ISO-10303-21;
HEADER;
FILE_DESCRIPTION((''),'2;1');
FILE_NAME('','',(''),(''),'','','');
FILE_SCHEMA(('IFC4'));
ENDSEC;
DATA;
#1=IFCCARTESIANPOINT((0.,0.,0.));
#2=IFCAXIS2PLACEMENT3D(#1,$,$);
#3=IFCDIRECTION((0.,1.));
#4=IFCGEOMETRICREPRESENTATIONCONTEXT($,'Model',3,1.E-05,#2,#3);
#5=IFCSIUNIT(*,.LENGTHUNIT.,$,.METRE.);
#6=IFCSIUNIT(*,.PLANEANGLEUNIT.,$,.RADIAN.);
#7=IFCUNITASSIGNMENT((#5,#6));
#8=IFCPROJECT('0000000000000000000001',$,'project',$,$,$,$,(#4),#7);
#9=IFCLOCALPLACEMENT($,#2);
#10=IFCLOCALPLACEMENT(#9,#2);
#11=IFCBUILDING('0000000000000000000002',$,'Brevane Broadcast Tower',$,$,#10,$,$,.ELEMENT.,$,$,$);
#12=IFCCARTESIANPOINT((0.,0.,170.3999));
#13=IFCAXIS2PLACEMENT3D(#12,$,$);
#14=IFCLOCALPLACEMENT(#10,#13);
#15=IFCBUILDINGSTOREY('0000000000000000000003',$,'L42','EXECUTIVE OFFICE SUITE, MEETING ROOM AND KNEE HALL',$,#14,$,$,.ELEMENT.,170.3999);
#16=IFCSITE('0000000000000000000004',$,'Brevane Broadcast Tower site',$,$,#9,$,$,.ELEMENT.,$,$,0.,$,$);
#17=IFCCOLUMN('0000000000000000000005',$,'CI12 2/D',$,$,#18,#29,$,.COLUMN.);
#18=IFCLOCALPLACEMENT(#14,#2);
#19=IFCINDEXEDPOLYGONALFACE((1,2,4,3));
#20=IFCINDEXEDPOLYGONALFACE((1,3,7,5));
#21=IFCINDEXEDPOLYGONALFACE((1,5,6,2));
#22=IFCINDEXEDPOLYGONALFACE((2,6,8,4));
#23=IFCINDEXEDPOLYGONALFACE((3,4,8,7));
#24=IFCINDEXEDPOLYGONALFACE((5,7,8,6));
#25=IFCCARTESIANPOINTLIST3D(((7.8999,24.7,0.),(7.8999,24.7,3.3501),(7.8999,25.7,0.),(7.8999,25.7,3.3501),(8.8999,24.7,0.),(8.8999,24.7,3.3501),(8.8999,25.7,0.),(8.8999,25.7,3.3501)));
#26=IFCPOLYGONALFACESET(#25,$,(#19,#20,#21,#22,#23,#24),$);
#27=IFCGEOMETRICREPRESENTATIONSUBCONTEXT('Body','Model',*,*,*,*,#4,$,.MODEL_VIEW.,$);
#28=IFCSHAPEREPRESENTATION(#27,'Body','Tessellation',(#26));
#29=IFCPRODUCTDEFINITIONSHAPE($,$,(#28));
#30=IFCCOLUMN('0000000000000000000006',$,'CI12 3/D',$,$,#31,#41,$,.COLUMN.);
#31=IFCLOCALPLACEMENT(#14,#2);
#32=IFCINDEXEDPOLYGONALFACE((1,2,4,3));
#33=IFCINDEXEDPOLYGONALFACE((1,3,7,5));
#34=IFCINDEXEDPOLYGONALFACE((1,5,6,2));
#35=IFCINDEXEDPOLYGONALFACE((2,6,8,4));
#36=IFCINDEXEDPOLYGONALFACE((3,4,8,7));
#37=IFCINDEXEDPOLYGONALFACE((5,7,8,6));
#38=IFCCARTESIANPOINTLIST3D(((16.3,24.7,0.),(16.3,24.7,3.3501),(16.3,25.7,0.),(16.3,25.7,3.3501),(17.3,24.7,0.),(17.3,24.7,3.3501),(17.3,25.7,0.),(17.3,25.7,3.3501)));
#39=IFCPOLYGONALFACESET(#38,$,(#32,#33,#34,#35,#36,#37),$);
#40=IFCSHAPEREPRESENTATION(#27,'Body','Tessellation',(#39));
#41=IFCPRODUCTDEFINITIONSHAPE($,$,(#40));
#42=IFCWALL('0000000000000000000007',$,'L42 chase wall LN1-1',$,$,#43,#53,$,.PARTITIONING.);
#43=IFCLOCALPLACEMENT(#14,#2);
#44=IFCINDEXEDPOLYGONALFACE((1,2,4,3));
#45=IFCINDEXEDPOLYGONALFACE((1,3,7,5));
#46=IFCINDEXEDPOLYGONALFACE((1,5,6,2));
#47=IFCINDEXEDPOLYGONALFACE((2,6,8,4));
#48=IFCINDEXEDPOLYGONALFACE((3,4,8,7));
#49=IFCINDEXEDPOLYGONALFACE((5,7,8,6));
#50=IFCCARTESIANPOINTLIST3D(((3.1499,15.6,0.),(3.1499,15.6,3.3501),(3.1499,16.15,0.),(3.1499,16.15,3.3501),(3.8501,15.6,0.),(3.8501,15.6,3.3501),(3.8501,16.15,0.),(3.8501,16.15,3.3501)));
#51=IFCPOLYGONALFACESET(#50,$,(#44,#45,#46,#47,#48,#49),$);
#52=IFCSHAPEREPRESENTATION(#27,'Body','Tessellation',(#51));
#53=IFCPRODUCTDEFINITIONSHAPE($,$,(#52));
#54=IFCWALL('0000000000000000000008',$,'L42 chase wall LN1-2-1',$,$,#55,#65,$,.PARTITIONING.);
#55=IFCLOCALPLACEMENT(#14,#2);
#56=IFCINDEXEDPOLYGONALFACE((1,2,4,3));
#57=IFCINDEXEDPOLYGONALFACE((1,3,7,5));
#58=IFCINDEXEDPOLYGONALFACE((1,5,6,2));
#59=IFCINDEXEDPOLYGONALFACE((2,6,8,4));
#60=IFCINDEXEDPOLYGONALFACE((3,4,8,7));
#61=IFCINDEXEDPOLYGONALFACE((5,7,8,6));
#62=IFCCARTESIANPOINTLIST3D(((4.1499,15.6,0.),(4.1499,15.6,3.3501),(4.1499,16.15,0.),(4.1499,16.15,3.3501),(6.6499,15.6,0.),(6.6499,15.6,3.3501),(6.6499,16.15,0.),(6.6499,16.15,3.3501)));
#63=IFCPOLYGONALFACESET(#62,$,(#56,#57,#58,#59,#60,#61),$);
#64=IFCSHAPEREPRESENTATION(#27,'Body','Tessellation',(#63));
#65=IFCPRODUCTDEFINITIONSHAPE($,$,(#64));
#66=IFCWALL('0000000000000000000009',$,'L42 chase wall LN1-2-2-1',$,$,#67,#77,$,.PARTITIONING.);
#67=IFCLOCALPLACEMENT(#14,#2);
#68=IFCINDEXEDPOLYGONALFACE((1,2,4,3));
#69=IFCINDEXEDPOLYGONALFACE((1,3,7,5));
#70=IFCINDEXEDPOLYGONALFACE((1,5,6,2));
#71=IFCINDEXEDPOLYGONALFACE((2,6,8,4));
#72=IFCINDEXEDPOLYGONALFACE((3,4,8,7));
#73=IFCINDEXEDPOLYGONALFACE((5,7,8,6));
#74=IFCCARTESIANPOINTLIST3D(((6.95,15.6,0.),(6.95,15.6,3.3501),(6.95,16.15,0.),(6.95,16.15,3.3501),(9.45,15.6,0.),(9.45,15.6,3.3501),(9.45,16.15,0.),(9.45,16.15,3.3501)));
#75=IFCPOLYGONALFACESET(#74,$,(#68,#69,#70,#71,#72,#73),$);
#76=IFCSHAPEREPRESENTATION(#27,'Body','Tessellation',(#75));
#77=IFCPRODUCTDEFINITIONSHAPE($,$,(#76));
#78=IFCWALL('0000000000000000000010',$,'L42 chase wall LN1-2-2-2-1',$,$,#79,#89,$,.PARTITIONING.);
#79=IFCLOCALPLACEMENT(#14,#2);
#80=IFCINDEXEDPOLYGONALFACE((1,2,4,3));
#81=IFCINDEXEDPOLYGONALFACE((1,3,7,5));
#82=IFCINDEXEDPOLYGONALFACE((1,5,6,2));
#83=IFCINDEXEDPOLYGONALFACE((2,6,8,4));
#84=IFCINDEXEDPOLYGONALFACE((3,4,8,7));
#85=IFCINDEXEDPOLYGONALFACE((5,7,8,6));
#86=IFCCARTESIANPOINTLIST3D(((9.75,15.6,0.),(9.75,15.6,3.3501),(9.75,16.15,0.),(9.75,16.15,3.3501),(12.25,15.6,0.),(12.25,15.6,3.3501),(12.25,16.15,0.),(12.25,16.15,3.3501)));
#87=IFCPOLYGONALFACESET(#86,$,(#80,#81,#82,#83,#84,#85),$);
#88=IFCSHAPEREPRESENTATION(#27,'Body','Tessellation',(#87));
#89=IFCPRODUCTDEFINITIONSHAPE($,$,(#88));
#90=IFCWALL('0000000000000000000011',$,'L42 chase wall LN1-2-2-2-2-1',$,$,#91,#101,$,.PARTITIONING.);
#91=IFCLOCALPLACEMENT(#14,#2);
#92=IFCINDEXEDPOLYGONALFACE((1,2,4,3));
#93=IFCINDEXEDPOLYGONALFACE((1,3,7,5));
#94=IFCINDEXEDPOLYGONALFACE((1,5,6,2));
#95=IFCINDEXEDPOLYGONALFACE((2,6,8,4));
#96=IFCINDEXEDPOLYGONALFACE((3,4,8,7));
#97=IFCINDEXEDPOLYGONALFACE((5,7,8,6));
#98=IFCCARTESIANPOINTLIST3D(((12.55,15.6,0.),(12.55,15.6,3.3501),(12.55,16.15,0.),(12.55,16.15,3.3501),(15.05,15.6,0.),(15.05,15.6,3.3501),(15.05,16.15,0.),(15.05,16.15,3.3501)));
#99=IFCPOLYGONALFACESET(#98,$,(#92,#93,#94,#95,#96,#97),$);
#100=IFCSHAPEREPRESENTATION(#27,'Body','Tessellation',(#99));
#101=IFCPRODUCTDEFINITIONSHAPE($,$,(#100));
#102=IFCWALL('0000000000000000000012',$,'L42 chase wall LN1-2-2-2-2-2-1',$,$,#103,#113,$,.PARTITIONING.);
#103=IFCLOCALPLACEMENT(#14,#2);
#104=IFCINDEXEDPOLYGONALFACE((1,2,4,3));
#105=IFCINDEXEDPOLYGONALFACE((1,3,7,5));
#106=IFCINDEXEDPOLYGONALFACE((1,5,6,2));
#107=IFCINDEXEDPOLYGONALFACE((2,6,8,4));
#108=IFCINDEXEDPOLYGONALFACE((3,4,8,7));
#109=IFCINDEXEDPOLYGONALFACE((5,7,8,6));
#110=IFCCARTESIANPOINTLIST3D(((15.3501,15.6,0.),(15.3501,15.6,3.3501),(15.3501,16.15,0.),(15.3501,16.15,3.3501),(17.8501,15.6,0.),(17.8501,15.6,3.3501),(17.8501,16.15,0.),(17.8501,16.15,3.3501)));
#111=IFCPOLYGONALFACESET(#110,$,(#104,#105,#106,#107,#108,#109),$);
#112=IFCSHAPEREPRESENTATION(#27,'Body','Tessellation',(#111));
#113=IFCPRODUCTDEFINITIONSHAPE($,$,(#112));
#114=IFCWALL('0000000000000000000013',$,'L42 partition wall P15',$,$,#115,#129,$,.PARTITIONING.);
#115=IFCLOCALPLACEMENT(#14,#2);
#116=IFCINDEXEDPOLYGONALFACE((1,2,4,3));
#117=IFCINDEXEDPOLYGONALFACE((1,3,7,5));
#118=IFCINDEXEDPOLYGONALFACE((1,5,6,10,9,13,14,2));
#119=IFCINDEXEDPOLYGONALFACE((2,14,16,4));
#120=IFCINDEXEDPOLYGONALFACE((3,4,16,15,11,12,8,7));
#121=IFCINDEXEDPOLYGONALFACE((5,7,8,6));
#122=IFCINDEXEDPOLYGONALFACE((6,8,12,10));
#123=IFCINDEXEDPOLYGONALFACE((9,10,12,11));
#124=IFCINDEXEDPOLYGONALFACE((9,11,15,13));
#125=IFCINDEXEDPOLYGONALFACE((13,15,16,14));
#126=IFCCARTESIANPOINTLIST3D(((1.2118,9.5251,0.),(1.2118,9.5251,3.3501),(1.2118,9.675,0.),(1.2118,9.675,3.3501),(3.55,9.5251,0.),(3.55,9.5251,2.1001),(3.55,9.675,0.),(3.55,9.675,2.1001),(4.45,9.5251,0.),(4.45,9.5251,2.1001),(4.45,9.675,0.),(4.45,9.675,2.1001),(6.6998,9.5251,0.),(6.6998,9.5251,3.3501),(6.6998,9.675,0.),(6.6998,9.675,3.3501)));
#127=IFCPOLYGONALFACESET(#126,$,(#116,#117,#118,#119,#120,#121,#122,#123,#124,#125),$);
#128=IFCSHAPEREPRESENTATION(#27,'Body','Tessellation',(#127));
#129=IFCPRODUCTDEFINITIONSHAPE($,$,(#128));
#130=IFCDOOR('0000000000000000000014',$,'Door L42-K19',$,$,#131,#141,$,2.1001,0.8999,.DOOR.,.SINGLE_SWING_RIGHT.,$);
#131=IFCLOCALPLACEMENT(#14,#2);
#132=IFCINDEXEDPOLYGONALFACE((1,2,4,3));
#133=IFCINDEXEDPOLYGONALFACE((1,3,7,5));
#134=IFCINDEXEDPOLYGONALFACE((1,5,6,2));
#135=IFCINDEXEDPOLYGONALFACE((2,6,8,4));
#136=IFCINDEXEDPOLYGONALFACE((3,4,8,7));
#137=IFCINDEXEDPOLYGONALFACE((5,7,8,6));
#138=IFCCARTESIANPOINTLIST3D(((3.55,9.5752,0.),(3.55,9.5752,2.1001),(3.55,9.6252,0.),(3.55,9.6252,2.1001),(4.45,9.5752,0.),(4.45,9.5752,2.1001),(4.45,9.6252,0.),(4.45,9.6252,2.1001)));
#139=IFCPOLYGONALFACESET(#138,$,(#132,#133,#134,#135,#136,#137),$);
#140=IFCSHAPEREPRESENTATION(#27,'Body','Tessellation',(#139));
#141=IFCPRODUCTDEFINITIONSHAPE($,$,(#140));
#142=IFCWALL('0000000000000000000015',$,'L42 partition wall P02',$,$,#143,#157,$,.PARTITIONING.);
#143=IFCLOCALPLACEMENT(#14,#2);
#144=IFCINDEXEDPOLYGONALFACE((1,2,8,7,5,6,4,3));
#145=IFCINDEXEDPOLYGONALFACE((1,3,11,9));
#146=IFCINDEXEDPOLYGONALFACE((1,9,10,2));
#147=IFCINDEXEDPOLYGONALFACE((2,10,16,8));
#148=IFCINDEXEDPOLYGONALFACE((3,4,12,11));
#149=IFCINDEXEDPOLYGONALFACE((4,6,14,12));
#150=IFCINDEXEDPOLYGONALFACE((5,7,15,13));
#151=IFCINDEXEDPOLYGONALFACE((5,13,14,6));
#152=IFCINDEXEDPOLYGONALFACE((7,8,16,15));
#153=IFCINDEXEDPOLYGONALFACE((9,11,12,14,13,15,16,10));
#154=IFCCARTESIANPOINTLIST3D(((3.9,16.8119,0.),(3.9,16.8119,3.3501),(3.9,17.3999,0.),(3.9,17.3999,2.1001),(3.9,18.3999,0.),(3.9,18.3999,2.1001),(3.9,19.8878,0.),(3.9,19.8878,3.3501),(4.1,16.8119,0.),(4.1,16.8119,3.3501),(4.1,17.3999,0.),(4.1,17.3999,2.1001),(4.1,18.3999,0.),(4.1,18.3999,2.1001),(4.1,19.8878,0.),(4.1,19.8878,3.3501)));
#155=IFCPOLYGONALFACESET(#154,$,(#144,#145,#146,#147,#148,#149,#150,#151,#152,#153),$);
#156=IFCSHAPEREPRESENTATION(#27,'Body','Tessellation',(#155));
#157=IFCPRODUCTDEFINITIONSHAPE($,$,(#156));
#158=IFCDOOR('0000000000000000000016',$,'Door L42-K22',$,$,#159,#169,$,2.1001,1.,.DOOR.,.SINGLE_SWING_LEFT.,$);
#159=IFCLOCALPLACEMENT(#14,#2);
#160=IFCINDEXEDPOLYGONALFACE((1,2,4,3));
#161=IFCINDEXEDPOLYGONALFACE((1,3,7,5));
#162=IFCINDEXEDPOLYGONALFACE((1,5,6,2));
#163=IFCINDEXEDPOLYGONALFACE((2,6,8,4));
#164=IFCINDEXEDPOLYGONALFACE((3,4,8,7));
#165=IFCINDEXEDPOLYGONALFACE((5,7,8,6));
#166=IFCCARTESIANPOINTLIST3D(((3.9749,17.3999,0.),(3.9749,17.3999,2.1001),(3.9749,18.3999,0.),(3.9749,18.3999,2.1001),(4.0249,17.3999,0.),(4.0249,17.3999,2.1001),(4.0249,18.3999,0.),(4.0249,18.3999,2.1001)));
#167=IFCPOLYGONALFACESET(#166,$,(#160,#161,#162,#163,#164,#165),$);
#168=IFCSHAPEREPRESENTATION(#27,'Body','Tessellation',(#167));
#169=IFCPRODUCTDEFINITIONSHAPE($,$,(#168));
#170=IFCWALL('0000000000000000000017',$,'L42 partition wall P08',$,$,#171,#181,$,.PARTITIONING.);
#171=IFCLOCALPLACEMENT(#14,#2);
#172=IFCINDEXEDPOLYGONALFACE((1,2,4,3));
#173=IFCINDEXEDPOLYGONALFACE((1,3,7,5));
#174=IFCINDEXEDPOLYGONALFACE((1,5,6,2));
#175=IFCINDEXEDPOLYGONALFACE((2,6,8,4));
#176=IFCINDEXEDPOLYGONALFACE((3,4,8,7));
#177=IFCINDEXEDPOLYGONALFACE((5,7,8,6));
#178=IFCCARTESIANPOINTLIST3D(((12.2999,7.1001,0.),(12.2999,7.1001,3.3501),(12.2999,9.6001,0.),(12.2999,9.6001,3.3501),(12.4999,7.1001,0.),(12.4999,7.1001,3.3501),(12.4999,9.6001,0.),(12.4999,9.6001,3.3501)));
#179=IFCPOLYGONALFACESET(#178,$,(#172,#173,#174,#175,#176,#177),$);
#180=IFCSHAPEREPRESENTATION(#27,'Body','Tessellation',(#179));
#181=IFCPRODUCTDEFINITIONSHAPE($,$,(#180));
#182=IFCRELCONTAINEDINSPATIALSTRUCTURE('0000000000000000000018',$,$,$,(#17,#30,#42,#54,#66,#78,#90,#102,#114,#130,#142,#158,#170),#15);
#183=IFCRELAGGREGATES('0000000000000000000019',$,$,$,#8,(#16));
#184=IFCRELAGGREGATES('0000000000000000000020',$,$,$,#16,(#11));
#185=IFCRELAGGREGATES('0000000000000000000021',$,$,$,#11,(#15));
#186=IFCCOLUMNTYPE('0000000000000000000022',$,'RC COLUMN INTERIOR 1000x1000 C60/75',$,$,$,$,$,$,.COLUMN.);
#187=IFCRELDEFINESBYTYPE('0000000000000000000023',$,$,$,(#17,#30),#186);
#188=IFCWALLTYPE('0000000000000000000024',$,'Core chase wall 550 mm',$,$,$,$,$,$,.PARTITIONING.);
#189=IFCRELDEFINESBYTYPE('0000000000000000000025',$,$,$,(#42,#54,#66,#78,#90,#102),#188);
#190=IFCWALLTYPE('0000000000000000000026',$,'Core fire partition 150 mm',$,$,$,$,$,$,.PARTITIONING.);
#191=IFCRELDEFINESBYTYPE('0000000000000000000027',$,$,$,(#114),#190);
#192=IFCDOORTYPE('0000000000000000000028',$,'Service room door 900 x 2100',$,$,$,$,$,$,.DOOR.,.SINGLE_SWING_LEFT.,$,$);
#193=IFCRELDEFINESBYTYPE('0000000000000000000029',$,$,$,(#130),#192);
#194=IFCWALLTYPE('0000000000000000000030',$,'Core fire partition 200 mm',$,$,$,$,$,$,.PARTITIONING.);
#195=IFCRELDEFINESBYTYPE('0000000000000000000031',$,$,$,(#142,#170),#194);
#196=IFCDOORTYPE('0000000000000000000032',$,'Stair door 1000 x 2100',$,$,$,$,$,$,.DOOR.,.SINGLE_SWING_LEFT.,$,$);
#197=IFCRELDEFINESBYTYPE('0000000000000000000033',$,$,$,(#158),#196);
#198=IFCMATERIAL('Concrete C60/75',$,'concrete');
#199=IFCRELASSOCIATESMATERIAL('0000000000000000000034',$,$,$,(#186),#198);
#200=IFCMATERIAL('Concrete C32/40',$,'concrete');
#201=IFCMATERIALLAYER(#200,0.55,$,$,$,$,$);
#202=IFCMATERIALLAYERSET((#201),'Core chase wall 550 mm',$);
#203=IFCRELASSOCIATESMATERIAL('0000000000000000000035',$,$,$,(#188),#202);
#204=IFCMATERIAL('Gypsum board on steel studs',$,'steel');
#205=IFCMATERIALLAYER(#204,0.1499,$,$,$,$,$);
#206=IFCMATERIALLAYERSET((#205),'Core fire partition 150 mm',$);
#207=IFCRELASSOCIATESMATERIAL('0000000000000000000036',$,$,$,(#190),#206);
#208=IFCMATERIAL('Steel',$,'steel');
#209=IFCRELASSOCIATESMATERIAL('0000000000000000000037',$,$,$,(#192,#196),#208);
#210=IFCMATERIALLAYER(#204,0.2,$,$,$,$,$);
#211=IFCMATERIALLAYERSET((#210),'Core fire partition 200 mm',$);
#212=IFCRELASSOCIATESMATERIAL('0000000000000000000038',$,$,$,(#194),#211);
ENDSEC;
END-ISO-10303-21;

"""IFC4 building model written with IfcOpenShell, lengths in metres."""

from ifc_helpers import new_model, si_unit, direction, frame, frame_2d, origin, origin_2d, place, context, subcontext, project, spatial, rectangle, extrude, material, layer, layer_set, material_profile, profile_set, type_object, element, fill, save


model = new_model("IFC4")

# Units and contexts
model_context = context("Model", 3, precision=1e-05, world=origin(), true_north=direction((0.0, 1.0)))
body_context = subcontext(model_context, "Body", "Model", "MODEL_VIEW")
ifc_project = project(units=[si_unit("LENGTHUNIT", "METRE"), si_unit("PLANEANGLEUNIT", "RADIAN")], contexts=[model_context])

# Site, building, storey
site_placement = place(None, origin())
site = spatial("IfcSite", under=ifc_project, at=site_placement, Name="Brevane Broadcast Tower site", CompositionType="ELEMENT", RefElevation=0.0)
building_placement = place(site_placement, origin())
building = spatial("IfcBuilding", under=site, at=building_placement, Name="Brevane Broadcast Tower", CompositionType="ELEMENT")
storey_placement = place(building_placement, frame((0.0, 0.0, 170.3999)))
storey = spatial("IfcBuildingStorey", under=building, at=storey_placement, Name="L42", Description="EXECUTIVE OFFICE SUITE, MEETING ROOM AND KNEE HALL", CompositionType="ELEMENT", Elevation=170.3999)

# Columns
ifc_material_1 = material(Name="Concrete C60/75", Category="concrete")
ifc_material_profile = material_profile(ifc_material_1, rectangle(XDim=1.0, YDim=1.0, at=origin_2d()), Name="RC 1000x1000")
ifc_profile_set = profile_set([ifc_material_profile], Name="Concrete C60/75")
column_type = type_object("IfcColumnType", Name="RC COLUMN INTERIOR 1000x1000 C60/75", PredefinedType="COLUMN", material=ifc_profile_set)
for number, where, z_axis, x_axis, name in (
    (1, (8.3999, 25.2, 0.0), (0.0, 0.0, 1.0), (1.0, 0.0, 0.0), "CI12 2/D"),
    (2, (16.8, 25.2, 0.0), (0.0, 0.0, 1.0), (1.0, 0.0, 0.0), "CI12 3/D"),
):
    element("IfcColumn", number, at=place(storey_placement, frame(where, z_axis=z_axis, x_axis=x_axis)), inside=storey, type_object=column_type, Name=name, PredefinedType="COLUMN", context=body_context, shape_type="SweptSolid", body=[
        extrude(rectangle(XDim=1.0, YDim=1.0, at=origin_2d()), origin(), (0.0, 0.0, 1.0), 3.3501),
    ])

# Walls
ifc_material_2 = material(Name="Concrete C32/40", Category="concrete")
ifc_layer_1 = layer(ifc_material_2, 0.55)
ifc_layer_set_1 = layer_set([ifc_layer_1], Name="Core chase wall 550 mm")
wall_type_1 = type_object("IfcWallType", Name="Core chase wall 550 mm", PredefinedType="PARTITIONING", material=ifc_layer_set_1)
wall_1_placement = place(storey_placement, frame((3.1499, 15.875, 0.0), z_axis=(0.0, 0.0, 1.0), x_axis=(1.0, 0.0, 0.0)))
element("IfcWall", 3, at=wall_1_placement, inside=storey, type_object=wall_type_1, Name="L42 chase wall LN1-1", PredefinedType="PARTITIONING", context=body_context, shape_type="SweptSolid", body=[
    extrude(rectangle(XDim=0.7002, YDim=0.55, at=frame_2d((0.3501, 0.0))), origin(), (0.0, 0.0, 1.0), 3.3501),
])
for number, where, z_axis, x_axis, name in (
    (4, (4.1499, 15.875, 0.0), (0.0, 0.0, 1.0), (1.0, 0.0, 0.0), "L42 chase wall LN1-2-1"),
    (5, (6.95, 15.875, 0.0), (0.0, 0.0, 1.0), (1.0, 0.0, 0.0), "L42 chase wall LN1-2-2-1"),
    (6, (9.75, 15.875, 0.0), (0.0, 0.0, 1.0), (1.0, 0.0, 0.0), "L42 chase wall LN1-2-2-2-1"),
    (7, (12.55, 15.875, 0.0), (0.0, 0.0, 1.0), (1.0, 0.0, 0.0), "L42 chase wall LN1-2-2-2-2-1"),
    (8, (15.3501, 15.875, 0.0), (0.0, 0.0, 1.0), (1.0, 0.0, 0.0), "L42 chase wall LN1-2-2-2-2-2-1"),
):
    element("IfcWall", number, at=place(storey_placement, frame(where, z_axis=z_axis, x_axis=x_axis)), inside=storey, type_object=wall_type_1, Name=name, PredefinedType="PARTITIONING", context=body_context, shape_type="SweptSolid", body=[
        extrude(rectangle(XDim=2.5, YDim=0.55, at=frame_2d((1.25, 0.0))), origin(), (0.0, 0.0, 1.0), 3.3501),
    ])

# Walls, openings, doors
ifc_material_3 = material(Name="Gypsum board on steel studs", Category="steel")
ifc_layer_2 = layer(ifc_material_3, 0.1499)
ifc_layer_set_2 = layer_set([ifc_layer_2], Name="Core fire partition 150 mm")
wall_type_2 = type_object("IfcWallType", Name="Core fire partition 150 mm", PredefinedType="PARTITIONING", material=ifc_layer_set_2)
wall_2_placement = place(storey_placement, frame((6.7, 9.6001, 0.0), z_axis=(0.0, 0.0, 1.0), x_axis=(-1.0, 0.0, 0.0)))
wall_2 = element("IfcWall", 9, at=wall_2_placement, inside=storey, type_object=wall_type_2, Name="L42 partition wall P15", PredefinedType="PARTITIONING", context=body_context, shape_type="SweptSolid", body=[
    extrude(rectangle(XDim=5.488, YDim=0.1499, at=frame_2d((2.7441, 0.0))), origin(), (0.0, 0.0, 1.0), 3.3501),
])
opening_1_placement = place(wall_2_placement, frame((2.25, 0.0, 0.0)))
opening_1 = element("IfcOpeningElement", 10, at=opening_1_placement, cuts=wall_2, PredefinedType="OPENING", context=body_context, shape_type="SweptSolid", body=[
    extrude(rectangle(XDim=0.8999, YDim=2.1001, at=frame_2d((0.45, 1.05))), frame((0.0, 0.085, 0.0), z_axis=(0.0, -1.0, 0.0), x_axis=(1.0, 0.0, 0.0)), (0.0, 0.0, 1.0), 0.1699),
])
ifc_material_4 = material(Name="Steel", Category="steel")
door_type_1 = type_object("IfcDoorType", Name="Service room door 900 x 2100", OperationType="SINGLE_SWING_LEFT", PredefinedType="DOOR", material=ifc_material_4)
door_1_placement = place(opening_1_placement, origin())
door_1 = element("IfcDoor", 11, at=door_1_placement, inside=storey, type_object=door_type_1, Name="Door L42-K19", OperationType="SINGLE_SWING_RIGHT", OverallHeight=2.1001, OverallWidth=0.8999, PredefinedType="DOOR", context=body_context, shape_type="SweptSolid", body=[
    extrude(rectangle(XDim=0.8999, YDim=2.1001, at=frame_2d((0.45, 1.05))), frame((0.0, 0.0249, 0.0), z_axis=(0.0, -1.0, 0.0), x_axis=(1.0, 0.0, 0.0)), (0.0, 0.0, 1.0), 0.05),
])
fill(opening_1, door_1)
ifc_layer_3 = layer(ifc_material_3, 0.2)
ifc_layer_set_3 = layer_set([ifc_layer_3], Name="Core fire partition 200 mm")
wall_type_3 = type_object("IfcWallType", Name="Core fire partition 200 mm", PredefinedType="PARTITIONING", material=ifc_layer_set_3)
wall_3_placement = place(storey_placement, frame((4.0, 19.8879, 0.0), z_axis=(0.0, 0.0, 1.0), x_axis=(0.0, -1.0, 0.0)))
wall_3 = element("IfcWall", 12, at=wall_3_placement, inside=storey, type_object=wall_type_3, Name="L42 partition wall P02", PredefinedType="PARTITIONING", context=body_context, shape_type="SweptSolid", body=[
    extrude(rectangle(XDim=3.0759, YDim=0.2, at=frame_2d((1.5381, 0.0))), origin(), (0.0, 0.0, 1.0), 3.3501),
])
opening_2_placement = place(wall_3_placement, frame((1.488, 0.0, 0.0)))
opening_2 = element("IfcOpeningElement", 13, at=opening_2_placement, cuts=wall_3, PredefinedType="OPENING", context=body_context, shape_type="SweptSolid", body=[
    extrude(rectangle(XDim=1.0, YDim=2.1001, at=frame_2d((0.5, 1.05))), frame((0.0, 0.1099, 0.0), z_axis=(0.0, -1.0, 0.0), x_axis=(1.0, 0.0, 0.0)), (0.0, 0.0, 1.0), 0.22),
])
door_type_2 = type_object("IfcDoorType", Name="Stair door 1000 x 2100", OperationType="SINGLE_SWING_LEFT", PredefinedType="DOOR", material=ifc_material_4)
door_2_placement = place(opening_2_placement, origin())
door_2 = element("IfcDoor", 14, at=door_2_placement, inside=storey, type_object=door_type_2, Name="Door L42-K22", OperationType="SINGLE_SWING_LEFT", OverallHeight=2.1001, OverallWidth=1.0, PredefinedType="DOOR", context=body_context, shape_type="SweptSolid", body=[
    extrude(rectangle(XDim=1.0, YDim=2.1001, at=frame_2d((0.5, 1.05))), frame((0.0, 0.0249, 0.0), z_axis=(0.0, -1.0, 0.0), x_axis=(1.0, 0.0, 0.0)), (0.0, 0.0, 1.0), 0.05),
])
fill(opening_2, door_2)

# Wall
wall_4_placement = place(storey_placement, frame((12.3999, 7.1001, 0.0), z_axis=(0.0, 0.0, 1.0), x_axis=(0.0, 1.0, 0.0)))
element("IfcWall", 15, at=wall_4_placement, inside=storey, type_object=wall_type_3, Name="L42 partition wall P08", PredefinedType="PARTITIONING", context=body_context, shape_type="SweptSolid", body=[
    extrude(rectangle(XDim=2.5, YDim=0.2, at=frame_2d((1.25, 0.0))), origin(), (0.0, 0.0, 1.0), 3.3501),
])

save(model, "model.ifc")
